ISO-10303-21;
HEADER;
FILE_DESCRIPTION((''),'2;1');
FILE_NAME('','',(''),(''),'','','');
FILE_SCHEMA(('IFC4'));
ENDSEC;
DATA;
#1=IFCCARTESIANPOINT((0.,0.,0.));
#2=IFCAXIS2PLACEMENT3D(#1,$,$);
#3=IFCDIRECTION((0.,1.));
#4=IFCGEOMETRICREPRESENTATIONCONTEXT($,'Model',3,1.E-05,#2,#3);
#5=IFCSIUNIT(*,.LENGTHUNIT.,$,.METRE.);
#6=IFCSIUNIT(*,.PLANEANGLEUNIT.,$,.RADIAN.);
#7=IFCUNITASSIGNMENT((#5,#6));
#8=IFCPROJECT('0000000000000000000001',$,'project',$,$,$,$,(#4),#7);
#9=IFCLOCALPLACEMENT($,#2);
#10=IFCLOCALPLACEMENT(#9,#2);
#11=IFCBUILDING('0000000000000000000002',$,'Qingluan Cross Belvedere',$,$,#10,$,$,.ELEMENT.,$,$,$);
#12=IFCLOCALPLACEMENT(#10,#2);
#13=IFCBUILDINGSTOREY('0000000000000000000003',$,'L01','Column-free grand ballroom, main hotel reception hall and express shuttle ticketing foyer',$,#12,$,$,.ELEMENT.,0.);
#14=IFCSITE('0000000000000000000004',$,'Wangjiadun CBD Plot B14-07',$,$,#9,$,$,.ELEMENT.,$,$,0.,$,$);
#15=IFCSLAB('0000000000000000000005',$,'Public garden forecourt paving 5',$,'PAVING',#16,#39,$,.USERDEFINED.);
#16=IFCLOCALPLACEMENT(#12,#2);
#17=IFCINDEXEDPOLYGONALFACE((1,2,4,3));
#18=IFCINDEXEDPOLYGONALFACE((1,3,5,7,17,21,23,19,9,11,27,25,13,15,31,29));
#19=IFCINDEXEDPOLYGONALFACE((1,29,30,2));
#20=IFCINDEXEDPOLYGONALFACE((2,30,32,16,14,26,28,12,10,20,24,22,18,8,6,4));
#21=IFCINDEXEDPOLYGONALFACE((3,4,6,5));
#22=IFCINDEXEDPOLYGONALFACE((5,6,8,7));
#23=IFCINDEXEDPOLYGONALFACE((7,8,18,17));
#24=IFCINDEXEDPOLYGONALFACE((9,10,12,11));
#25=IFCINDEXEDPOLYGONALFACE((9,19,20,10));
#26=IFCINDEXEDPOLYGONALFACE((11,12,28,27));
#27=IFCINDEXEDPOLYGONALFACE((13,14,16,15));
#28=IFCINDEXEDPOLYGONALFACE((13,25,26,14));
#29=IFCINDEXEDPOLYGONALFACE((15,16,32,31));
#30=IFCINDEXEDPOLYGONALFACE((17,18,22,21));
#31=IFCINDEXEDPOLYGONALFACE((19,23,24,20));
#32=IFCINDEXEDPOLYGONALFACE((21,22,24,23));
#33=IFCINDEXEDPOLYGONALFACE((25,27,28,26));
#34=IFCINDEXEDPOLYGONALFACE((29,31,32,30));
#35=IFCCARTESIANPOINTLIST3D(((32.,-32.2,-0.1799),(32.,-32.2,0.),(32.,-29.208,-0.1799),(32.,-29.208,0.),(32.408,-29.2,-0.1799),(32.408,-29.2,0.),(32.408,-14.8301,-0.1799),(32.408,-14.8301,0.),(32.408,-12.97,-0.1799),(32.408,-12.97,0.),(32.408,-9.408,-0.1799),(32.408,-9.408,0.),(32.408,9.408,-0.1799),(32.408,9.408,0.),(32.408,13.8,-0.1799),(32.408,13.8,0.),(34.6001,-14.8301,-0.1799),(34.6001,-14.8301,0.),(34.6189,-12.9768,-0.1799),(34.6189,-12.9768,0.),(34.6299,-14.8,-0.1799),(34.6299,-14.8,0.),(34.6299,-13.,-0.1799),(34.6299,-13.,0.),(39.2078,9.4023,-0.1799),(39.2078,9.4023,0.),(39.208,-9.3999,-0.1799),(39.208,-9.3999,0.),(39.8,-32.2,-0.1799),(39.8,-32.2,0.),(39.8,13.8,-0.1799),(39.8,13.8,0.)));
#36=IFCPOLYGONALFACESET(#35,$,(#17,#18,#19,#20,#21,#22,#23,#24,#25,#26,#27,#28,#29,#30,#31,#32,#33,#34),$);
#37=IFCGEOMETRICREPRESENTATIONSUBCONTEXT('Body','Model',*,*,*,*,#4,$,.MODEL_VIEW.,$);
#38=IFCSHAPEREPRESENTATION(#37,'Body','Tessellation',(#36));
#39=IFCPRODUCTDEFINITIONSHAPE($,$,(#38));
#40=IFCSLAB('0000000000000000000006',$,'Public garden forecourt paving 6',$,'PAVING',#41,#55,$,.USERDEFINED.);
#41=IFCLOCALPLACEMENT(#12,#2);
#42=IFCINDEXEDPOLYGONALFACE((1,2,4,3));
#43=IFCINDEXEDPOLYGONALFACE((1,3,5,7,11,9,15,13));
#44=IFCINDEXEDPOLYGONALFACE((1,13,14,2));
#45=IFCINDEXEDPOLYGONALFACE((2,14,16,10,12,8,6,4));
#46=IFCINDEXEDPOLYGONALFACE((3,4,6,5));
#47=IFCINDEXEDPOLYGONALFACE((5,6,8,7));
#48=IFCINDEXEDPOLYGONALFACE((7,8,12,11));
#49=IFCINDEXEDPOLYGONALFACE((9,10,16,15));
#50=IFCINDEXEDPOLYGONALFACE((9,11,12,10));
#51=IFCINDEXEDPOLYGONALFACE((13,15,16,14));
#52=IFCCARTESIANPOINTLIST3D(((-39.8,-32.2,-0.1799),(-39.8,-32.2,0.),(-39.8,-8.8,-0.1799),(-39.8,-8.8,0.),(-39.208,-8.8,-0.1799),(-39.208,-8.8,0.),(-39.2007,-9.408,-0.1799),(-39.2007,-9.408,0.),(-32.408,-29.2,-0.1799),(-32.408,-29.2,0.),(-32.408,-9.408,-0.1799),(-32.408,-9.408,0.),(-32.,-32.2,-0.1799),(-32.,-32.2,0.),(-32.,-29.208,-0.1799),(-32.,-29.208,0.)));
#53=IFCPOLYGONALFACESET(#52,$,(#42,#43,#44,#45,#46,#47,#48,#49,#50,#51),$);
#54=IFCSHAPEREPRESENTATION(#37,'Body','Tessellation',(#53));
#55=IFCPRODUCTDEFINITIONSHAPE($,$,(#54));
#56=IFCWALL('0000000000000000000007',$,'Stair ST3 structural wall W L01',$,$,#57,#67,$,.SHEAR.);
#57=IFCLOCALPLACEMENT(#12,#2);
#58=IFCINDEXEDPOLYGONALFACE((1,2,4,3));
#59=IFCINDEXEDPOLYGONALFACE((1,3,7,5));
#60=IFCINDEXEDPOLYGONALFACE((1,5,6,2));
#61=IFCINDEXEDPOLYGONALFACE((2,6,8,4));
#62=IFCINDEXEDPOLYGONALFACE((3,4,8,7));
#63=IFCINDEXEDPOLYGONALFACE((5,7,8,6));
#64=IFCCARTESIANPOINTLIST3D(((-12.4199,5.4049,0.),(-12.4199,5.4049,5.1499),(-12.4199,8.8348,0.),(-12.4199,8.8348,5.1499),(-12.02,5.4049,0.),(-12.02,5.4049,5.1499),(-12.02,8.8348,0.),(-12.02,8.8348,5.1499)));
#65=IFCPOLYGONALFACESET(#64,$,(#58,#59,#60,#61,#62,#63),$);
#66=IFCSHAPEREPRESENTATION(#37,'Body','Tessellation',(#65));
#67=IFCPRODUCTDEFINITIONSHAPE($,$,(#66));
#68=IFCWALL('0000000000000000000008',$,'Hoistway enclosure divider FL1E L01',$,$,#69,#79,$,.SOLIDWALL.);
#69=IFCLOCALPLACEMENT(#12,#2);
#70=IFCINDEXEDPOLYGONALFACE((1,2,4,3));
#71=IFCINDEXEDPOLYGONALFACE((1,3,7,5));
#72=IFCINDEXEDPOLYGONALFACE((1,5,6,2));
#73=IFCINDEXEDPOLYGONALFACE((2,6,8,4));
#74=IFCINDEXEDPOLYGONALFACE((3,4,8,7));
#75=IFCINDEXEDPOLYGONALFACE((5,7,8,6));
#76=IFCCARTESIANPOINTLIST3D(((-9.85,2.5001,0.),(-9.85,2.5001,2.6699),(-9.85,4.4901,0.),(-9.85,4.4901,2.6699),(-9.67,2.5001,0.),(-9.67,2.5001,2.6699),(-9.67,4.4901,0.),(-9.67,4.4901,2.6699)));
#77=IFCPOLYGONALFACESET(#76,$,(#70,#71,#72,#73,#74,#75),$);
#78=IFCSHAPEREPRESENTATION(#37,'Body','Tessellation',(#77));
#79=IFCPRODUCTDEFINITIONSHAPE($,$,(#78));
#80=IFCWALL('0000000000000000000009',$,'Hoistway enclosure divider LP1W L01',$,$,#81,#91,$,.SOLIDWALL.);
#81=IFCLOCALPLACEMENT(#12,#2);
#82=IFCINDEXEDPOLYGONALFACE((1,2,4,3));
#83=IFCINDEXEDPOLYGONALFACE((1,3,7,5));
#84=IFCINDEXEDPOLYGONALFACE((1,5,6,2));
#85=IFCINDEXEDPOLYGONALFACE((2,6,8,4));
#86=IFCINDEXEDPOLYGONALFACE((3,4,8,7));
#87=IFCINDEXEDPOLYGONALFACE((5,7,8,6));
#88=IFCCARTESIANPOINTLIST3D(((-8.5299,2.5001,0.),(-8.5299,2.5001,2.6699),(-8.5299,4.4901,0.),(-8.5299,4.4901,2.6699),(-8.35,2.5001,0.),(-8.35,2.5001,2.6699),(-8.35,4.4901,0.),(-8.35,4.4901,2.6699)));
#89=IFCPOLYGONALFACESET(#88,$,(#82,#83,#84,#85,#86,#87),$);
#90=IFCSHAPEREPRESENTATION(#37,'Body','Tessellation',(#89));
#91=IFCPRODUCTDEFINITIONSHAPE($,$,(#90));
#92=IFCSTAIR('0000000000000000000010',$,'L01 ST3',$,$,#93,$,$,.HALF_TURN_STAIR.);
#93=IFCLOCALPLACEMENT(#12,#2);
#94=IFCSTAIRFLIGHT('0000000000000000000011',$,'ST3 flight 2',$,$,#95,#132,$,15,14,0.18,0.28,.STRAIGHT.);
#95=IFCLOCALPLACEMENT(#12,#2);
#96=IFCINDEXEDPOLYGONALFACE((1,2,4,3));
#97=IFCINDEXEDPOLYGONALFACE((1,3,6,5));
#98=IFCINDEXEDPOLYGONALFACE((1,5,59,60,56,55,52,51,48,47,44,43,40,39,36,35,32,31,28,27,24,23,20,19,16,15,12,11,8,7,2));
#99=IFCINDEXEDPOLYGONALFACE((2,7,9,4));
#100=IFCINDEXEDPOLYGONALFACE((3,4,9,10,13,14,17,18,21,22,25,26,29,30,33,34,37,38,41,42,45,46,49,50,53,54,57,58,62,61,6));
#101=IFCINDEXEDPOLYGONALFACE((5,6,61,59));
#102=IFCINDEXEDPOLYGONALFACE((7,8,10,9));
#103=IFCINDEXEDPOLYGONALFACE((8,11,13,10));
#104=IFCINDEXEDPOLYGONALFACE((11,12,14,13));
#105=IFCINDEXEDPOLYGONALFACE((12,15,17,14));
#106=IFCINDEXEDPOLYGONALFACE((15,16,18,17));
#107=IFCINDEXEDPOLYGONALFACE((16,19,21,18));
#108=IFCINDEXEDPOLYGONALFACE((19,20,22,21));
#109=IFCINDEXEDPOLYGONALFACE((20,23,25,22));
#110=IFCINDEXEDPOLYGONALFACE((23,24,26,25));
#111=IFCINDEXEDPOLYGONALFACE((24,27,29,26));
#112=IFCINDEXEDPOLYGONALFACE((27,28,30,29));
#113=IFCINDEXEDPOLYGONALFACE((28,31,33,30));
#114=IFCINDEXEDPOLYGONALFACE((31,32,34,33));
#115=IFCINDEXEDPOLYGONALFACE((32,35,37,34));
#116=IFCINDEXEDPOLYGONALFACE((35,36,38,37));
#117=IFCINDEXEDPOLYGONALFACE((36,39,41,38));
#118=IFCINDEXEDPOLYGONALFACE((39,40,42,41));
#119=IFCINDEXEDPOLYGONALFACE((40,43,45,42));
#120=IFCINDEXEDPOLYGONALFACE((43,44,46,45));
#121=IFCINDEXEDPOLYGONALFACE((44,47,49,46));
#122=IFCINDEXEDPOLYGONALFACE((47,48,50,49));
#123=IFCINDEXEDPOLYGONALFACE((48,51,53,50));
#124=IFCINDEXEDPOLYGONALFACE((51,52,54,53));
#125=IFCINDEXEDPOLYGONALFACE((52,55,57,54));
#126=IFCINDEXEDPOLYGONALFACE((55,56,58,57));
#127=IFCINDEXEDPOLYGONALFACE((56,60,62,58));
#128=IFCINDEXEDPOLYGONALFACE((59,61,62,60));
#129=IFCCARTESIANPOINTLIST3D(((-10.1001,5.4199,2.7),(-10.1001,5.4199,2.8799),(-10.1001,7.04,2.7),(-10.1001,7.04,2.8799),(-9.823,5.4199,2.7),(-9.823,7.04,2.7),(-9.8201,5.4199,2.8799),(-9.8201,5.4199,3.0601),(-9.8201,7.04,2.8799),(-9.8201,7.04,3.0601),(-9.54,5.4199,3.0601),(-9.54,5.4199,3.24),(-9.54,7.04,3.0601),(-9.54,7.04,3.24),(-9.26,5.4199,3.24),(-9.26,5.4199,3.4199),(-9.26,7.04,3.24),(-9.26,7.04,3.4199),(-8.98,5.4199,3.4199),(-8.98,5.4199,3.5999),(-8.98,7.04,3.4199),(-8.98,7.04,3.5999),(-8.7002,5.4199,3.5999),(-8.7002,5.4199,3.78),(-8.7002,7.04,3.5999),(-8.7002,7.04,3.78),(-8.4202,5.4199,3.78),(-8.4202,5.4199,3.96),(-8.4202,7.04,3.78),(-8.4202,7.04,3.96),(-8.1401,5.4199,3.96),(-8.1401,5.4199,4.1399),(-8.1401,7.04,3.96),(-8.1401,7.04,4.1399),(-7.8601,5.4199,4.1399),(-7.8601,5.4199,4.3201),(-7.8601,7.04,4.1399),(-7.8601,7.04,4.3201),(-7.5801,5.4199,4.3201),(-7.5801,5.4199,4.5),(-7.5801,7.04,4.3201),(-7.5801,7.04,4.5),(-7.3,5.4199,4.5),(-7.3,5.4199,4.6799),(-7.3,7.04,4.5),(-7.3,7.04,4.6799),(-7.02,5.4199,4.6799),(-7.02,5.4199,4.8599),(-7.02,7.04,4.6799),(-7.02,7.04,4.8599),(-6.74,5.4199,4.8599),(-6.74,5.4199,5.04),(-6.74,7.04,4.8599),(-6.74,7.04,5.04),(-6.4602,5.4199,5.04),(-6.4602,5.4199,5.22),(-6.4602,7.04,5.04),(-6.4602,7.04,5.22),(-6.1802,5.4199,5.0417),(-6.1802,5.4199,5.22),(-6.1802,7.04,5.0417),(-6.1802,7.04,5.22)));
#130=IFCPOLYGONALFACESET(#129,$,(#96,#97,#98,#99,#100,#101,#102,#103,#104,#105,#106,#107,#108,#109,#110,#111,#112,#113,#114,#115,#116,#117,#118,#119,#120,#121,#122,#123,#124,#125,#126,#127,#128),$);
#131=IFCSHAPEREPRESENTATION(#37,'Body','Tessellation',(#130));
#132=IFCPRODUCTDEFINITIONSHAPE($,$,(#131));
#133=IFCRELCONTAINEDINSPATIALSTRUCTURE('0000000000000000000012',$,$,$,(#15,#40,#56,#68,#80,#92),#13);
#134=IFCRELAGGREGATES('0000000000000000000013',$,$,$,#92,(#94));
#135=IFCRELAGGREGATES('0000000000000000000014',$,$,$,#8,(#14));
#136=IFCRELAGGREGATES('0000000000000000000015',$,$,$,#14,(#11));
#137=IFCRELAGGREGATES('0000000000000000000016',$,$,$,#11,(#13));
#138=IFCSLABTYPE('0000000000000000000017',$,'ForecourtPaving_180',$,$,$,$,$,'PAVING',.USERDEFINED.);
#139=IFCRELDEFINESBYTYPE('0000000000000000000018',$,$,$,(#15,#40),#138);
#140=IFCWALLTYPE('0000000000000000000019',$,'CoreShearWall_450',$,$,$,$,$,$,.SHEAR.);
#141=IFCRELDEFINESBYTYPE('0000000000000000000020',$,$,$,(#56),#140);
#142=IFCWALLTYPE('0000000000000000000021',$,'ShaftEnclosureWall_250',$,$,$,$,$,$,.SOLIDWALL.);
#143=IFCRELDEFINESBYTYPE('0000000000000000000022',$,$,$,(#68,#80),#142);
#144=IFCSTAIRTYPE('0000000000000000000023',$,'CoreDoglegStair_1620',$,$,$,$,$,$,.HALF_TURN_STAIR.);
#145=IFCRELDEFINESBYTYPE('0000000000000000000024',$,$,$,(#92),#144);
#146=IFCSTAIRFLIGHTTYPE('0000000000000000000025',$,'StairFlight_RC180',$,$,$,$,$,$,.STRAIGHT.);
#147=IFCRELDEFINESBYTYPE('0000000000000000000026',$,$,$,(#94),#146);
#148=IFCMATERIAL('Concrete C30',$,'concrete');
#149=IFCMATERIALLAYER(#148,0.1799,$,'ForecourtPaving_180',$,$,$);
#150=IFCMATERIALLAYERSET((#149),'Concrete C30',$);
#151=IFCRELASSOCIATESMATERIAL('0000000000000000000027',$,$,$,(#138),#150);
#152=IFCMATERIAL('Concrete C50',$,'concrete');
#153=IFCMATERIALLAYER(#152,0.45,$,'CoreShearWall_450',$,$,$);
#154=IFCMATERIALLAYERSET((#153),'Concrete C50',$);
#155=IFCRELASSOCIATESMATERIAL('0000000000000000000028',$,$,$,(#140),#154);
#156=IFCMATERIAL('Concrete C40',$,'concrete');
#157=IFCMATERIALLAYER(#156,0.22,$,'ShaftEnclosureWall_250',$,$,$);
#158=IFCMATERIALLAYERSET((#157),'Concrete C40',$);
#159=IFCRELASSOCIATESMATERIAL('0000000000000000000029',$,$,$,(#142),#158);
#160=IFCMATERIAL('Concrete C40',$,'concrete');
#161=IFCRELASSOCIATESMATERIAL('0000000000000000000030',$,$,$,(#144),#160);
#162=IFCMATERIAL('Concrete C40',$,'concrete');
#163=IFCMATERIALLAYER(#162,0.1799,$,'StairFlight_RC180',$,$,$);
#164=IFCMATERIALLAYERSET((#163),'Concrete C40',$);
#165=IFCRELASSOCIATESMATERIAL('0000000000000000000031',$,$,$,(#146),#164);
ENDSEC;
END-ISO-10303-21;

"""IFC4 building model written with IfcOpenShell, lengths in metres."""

from ifc_helpers import new_model, si_unit, direction, frame, frame_2d, origin, place, context, subcontext, project, spatial, polyline, rectangle, outline, extrude, material, layer, layer_set, type_object, element, aggregate, save


model = new_model("IFC4")

# Units and contexts
model_context = context("Model", 3, precision=1e-05, world=origin(), true_north=direction((0.0, 1.0)))
body_context = subcontext(model_context, "Body", "Model", "MODEL_VIEW")
ifc_project = project(units=[si_unit("LENGTHUNIT", "METRE"), si_unit("PLANEANGLEUNIT", "RADIAN")], contexts=[model_context])

# Site, building, storey
site_placement = place(None, origin())
site = spatial("IfcSite", under=ifc_project, at=site_placement, Name="Wangjiadun CBD Plot B14-07", CompositionType="ELEMENT", RefElevation=0.0)
building_placement = place(site_placement, origin())
building = spatial("IfcBuilding", under=site, at=building_placement, Name="Qingluan Cross Belvedere", CompositionType="ELEMENT")
storey_placement = place(building_placement, origin())
storey = spatial("IfcBuildingStorey", under=building, at=storey_placement, Name="L01", Description="Column-free grand ballroom, main hotel reception hall and express shuttle ticketing foyer", CompositionType="ELEMENT", Elevation=0.0)

# Slabs
ifc_material_1 = material(Name="Concrete C30", Category="concrete")
ifc_layer_1 = layer(ifc_material_1, 0.1799, Name="ForecourtPaving_180")
ifc_layer_set_1 = layer_set([ifc_layer_1], Name="Concrete C30")
slab_type = type_object("IfcSlabType", Name="ForecourtPaving_180", ElementType="PAVING", PredefinedType="USERDEFINED", material=ifc_layer_set_1)
slab_1_placement = place(storey_placement, frame((0.0, 0.0, -0.1799)))
element("IfcSlab", 1, at=slab_1_placement, inside=storey, type_object=slab_type, Name="Public garden forecourt paving 5", ObjectType="PAVING", PredefinedType="USERDEFINED", context=body_context, shape_type="SweptSolid", body=[
    extrude(outline(polyline([(32.408, 13.8), (32.408, 9.408), (39.2078, 9.4023), (39.208, -9.3999), (32.408, -9.408), (32.408, -12.97), (34.6189, -12.9768), (34.6299, -13.0), (34.6299, -14.8), (34.6001, -14.8301), (32.408, -14.8301), (32.408, -29.2), (32.0, -29.208), (32.0, -32.2), (39.8, -32.2), (39.8, 13.8), (32.408, 13.8)])), origin(), (0.0, 0.0, 1.0), 0.1799),
])
slab_2_placement = place(storey_placement, frame((0.0, 0.0, -0.1799)))
element("IfcSlab", 2, at=slab_2_placement, inside=storey, type_object=slab_type, Name="Public garden forecourt paving 6", ObjectType="PAVING", PredefinedType="USERDEFINED", context=body_context, shape_type="SweptSolid", body=[
    extrude(outline(polyline([(-32.0, -29.208), (-32.408, -29.2), (-32.408, -9.408), (-39.2007, -9.408), (-39.208, -8.8), (-39.8, -8.8), (-39.8, -32.2), (-32.0, -32.2), (-32.0, -29.208)])), origin(), (0.0, 0.0, 1.0), 0.1799),
])

# Wall
ifc_material_2 = material(Name="Concrete C50", Category="concrete")
ifc_layer_2 = layer(ifc_material_2, 0.45, Name="CoreShearWall_450")
ifc_layer_set_2 = layer_set([ifc_layer_2], Name="Concrete C50")
wall_type_1 = type_object("IfcWallType", Name="CoreShearWall_450", PredefinedType="SHEAR", material=ifc_layer_set_2)
wall_1_placement = place(storey_placement, frame((-12.22, 5.405, 0.0), z_axis=(0.0, 0.0, 1.0), x_axis=(0.0, 1.0, 0.0)))
element("IfcWall", 3, at=wall_1_placement, inside=storey, type_object=wall_type_1, Name="Stair ST3 structural wall W L01", PredefinedType="SHEAR", context=body_context, shape_type="SweptSolid", body=[
    extrude(rectangle(XDim=3.4299, YDim=0.3999, at=frame_2d((1.7148, 0.0))), origin(), (0.0, 0.0, 1.0), 5.1499),
])

# Shared definitions
ifc_material_3 = material(Name="Concrete C40", Category="concrete")
ifc_layer_3 = layer(ifc_material_3, 0.22, Name="ShaftEnclosureWall_250")
ifc_layer_set_3 = layer_set([ifc_layer_3], Name="Concrete C40")
wall_type_2 = type_object("IfcWallType", Name="ShaftEnclosureWall_250", PredefinedType="SOLIDWALL", material=ifc_layer_set_3)

# Walls
for number, where, z_axis, x_axis, name in (
    (4, (-9.76, 2.5, 0.0), (0.0, 0.0, 1.0), (0.0, 1.0, 0.0), "Hoistway enclosure divider FL1E L01"),
    (5, (-8.4399, 2.5, 0.0), (0.0, 0.0, 1.0), (0.0, 1.0, 0.0), "Hoistway enclosure divider LP1W L01"),
):
    element("IfcWall", number, at=place(storey_placement, frame(where, z_axis=z_axis, x_axis=x_axis)), inside=storey, type_object=wall_type_2, Name=name, PredefinedType="SOLIDWALL", context=body_context, shape_type="SweptSolid", body=[
        extrude(rectangle(XDim=1.99, YDim=0.1799, at=frame_2d((0.9951, 0.0))), origin(), (0.0, 0.0, 1.0), 2.6699),
    ])

# Stair, stair flight
ifc_material_4 = material(Name="Concrete C40", Category="concrete")
stair_type = type_object("IfcStairType", Name="CoreDoglegStair_1620", PredefinedType="HALF_TURN_STAIR", material=ifc_material_4)
stair_placement = place(storey_placement, origin())
stair = element("IfcStair", 6, at=stair_placement, inside=storey, type_object=stair_type, Name="L01 ST3", PredefinedType="HALF_TURN_STAIR")
ifc_material_5 = material(Name="Concrete C40", Category="concrete")
ifc_layer_4 = layer(ifc_material_5, 0.1799, Name="StairFlight_RC180")
ifc_layer_set_4 = layer_set([ifc_layer_4], Name="Concrete C40")
stair_flight_type = type_object("IfcStairFlightType", Name="StairFlight_RC180", PredefinedType="STRAIGHT", material=ifc_layer_set_4)
stair_flight_placement = place(storey_placement, frame((-10.1001, 6.23, 2.7), z_axis=(0.0, 0.0, 1.0), x_axis=(1.0, 0.0, 0.0)))
stair_flight = element("IfcStairFlight", 7, at=stair_flight_placement, type_object=stair_flight_type, Name="ST3 flight 2", NumberOfRisers=15, NumberOfTreads=14, PredefinedType="STRAIGHT", RiserHeight=0.18, TreadLength=0.28, context=body_context, shape_type="SweptSolid", body=[
    extrude(outline(polyline([(0.0, 0.0), (0.0, 0.1799), (0.28, 0.1799), (0.28, 0.3601), (0.5601, 0.3601), (0.5601, 0.54), (0.8401, 0.54), (0.8401, 0.72), (1.1201, 0.72), (1.1201, 0.8999), (1.3999, 0.8999), (1.3999, 1.0801), (1.6799, 1.0801), (1.6799, 1.26), (1.96, 1.26), (1.96, 1.4399), (2.24, 1.4399), (2.24, 1.6201), (2.52, 1.6201), (2.52, 1.8), (2.8, 1.8), (2.8, 1.98), (3.0801, 1.98), (3.0801, 2.1599), (3.3601, 2.1599), (3.3601, 2.3401), (3.6399, 2.3401), (3.6399, 2.52), (3.9199, 2.52), (3.9199, 2.7), (3.9199, 2.3418), (0.2771, 0.0), (0.0, 0.0)])), frame((0.0, 0.8101, 0.0), z_axis=(0.0, -1.0, 0.0), x_axis=(1.0, 0.0, 0.0)), (0.0, 0.0, 1.0), 1.6201),
])
aggregate(stair, [stair_flight])

save(model, "model.ifc")
